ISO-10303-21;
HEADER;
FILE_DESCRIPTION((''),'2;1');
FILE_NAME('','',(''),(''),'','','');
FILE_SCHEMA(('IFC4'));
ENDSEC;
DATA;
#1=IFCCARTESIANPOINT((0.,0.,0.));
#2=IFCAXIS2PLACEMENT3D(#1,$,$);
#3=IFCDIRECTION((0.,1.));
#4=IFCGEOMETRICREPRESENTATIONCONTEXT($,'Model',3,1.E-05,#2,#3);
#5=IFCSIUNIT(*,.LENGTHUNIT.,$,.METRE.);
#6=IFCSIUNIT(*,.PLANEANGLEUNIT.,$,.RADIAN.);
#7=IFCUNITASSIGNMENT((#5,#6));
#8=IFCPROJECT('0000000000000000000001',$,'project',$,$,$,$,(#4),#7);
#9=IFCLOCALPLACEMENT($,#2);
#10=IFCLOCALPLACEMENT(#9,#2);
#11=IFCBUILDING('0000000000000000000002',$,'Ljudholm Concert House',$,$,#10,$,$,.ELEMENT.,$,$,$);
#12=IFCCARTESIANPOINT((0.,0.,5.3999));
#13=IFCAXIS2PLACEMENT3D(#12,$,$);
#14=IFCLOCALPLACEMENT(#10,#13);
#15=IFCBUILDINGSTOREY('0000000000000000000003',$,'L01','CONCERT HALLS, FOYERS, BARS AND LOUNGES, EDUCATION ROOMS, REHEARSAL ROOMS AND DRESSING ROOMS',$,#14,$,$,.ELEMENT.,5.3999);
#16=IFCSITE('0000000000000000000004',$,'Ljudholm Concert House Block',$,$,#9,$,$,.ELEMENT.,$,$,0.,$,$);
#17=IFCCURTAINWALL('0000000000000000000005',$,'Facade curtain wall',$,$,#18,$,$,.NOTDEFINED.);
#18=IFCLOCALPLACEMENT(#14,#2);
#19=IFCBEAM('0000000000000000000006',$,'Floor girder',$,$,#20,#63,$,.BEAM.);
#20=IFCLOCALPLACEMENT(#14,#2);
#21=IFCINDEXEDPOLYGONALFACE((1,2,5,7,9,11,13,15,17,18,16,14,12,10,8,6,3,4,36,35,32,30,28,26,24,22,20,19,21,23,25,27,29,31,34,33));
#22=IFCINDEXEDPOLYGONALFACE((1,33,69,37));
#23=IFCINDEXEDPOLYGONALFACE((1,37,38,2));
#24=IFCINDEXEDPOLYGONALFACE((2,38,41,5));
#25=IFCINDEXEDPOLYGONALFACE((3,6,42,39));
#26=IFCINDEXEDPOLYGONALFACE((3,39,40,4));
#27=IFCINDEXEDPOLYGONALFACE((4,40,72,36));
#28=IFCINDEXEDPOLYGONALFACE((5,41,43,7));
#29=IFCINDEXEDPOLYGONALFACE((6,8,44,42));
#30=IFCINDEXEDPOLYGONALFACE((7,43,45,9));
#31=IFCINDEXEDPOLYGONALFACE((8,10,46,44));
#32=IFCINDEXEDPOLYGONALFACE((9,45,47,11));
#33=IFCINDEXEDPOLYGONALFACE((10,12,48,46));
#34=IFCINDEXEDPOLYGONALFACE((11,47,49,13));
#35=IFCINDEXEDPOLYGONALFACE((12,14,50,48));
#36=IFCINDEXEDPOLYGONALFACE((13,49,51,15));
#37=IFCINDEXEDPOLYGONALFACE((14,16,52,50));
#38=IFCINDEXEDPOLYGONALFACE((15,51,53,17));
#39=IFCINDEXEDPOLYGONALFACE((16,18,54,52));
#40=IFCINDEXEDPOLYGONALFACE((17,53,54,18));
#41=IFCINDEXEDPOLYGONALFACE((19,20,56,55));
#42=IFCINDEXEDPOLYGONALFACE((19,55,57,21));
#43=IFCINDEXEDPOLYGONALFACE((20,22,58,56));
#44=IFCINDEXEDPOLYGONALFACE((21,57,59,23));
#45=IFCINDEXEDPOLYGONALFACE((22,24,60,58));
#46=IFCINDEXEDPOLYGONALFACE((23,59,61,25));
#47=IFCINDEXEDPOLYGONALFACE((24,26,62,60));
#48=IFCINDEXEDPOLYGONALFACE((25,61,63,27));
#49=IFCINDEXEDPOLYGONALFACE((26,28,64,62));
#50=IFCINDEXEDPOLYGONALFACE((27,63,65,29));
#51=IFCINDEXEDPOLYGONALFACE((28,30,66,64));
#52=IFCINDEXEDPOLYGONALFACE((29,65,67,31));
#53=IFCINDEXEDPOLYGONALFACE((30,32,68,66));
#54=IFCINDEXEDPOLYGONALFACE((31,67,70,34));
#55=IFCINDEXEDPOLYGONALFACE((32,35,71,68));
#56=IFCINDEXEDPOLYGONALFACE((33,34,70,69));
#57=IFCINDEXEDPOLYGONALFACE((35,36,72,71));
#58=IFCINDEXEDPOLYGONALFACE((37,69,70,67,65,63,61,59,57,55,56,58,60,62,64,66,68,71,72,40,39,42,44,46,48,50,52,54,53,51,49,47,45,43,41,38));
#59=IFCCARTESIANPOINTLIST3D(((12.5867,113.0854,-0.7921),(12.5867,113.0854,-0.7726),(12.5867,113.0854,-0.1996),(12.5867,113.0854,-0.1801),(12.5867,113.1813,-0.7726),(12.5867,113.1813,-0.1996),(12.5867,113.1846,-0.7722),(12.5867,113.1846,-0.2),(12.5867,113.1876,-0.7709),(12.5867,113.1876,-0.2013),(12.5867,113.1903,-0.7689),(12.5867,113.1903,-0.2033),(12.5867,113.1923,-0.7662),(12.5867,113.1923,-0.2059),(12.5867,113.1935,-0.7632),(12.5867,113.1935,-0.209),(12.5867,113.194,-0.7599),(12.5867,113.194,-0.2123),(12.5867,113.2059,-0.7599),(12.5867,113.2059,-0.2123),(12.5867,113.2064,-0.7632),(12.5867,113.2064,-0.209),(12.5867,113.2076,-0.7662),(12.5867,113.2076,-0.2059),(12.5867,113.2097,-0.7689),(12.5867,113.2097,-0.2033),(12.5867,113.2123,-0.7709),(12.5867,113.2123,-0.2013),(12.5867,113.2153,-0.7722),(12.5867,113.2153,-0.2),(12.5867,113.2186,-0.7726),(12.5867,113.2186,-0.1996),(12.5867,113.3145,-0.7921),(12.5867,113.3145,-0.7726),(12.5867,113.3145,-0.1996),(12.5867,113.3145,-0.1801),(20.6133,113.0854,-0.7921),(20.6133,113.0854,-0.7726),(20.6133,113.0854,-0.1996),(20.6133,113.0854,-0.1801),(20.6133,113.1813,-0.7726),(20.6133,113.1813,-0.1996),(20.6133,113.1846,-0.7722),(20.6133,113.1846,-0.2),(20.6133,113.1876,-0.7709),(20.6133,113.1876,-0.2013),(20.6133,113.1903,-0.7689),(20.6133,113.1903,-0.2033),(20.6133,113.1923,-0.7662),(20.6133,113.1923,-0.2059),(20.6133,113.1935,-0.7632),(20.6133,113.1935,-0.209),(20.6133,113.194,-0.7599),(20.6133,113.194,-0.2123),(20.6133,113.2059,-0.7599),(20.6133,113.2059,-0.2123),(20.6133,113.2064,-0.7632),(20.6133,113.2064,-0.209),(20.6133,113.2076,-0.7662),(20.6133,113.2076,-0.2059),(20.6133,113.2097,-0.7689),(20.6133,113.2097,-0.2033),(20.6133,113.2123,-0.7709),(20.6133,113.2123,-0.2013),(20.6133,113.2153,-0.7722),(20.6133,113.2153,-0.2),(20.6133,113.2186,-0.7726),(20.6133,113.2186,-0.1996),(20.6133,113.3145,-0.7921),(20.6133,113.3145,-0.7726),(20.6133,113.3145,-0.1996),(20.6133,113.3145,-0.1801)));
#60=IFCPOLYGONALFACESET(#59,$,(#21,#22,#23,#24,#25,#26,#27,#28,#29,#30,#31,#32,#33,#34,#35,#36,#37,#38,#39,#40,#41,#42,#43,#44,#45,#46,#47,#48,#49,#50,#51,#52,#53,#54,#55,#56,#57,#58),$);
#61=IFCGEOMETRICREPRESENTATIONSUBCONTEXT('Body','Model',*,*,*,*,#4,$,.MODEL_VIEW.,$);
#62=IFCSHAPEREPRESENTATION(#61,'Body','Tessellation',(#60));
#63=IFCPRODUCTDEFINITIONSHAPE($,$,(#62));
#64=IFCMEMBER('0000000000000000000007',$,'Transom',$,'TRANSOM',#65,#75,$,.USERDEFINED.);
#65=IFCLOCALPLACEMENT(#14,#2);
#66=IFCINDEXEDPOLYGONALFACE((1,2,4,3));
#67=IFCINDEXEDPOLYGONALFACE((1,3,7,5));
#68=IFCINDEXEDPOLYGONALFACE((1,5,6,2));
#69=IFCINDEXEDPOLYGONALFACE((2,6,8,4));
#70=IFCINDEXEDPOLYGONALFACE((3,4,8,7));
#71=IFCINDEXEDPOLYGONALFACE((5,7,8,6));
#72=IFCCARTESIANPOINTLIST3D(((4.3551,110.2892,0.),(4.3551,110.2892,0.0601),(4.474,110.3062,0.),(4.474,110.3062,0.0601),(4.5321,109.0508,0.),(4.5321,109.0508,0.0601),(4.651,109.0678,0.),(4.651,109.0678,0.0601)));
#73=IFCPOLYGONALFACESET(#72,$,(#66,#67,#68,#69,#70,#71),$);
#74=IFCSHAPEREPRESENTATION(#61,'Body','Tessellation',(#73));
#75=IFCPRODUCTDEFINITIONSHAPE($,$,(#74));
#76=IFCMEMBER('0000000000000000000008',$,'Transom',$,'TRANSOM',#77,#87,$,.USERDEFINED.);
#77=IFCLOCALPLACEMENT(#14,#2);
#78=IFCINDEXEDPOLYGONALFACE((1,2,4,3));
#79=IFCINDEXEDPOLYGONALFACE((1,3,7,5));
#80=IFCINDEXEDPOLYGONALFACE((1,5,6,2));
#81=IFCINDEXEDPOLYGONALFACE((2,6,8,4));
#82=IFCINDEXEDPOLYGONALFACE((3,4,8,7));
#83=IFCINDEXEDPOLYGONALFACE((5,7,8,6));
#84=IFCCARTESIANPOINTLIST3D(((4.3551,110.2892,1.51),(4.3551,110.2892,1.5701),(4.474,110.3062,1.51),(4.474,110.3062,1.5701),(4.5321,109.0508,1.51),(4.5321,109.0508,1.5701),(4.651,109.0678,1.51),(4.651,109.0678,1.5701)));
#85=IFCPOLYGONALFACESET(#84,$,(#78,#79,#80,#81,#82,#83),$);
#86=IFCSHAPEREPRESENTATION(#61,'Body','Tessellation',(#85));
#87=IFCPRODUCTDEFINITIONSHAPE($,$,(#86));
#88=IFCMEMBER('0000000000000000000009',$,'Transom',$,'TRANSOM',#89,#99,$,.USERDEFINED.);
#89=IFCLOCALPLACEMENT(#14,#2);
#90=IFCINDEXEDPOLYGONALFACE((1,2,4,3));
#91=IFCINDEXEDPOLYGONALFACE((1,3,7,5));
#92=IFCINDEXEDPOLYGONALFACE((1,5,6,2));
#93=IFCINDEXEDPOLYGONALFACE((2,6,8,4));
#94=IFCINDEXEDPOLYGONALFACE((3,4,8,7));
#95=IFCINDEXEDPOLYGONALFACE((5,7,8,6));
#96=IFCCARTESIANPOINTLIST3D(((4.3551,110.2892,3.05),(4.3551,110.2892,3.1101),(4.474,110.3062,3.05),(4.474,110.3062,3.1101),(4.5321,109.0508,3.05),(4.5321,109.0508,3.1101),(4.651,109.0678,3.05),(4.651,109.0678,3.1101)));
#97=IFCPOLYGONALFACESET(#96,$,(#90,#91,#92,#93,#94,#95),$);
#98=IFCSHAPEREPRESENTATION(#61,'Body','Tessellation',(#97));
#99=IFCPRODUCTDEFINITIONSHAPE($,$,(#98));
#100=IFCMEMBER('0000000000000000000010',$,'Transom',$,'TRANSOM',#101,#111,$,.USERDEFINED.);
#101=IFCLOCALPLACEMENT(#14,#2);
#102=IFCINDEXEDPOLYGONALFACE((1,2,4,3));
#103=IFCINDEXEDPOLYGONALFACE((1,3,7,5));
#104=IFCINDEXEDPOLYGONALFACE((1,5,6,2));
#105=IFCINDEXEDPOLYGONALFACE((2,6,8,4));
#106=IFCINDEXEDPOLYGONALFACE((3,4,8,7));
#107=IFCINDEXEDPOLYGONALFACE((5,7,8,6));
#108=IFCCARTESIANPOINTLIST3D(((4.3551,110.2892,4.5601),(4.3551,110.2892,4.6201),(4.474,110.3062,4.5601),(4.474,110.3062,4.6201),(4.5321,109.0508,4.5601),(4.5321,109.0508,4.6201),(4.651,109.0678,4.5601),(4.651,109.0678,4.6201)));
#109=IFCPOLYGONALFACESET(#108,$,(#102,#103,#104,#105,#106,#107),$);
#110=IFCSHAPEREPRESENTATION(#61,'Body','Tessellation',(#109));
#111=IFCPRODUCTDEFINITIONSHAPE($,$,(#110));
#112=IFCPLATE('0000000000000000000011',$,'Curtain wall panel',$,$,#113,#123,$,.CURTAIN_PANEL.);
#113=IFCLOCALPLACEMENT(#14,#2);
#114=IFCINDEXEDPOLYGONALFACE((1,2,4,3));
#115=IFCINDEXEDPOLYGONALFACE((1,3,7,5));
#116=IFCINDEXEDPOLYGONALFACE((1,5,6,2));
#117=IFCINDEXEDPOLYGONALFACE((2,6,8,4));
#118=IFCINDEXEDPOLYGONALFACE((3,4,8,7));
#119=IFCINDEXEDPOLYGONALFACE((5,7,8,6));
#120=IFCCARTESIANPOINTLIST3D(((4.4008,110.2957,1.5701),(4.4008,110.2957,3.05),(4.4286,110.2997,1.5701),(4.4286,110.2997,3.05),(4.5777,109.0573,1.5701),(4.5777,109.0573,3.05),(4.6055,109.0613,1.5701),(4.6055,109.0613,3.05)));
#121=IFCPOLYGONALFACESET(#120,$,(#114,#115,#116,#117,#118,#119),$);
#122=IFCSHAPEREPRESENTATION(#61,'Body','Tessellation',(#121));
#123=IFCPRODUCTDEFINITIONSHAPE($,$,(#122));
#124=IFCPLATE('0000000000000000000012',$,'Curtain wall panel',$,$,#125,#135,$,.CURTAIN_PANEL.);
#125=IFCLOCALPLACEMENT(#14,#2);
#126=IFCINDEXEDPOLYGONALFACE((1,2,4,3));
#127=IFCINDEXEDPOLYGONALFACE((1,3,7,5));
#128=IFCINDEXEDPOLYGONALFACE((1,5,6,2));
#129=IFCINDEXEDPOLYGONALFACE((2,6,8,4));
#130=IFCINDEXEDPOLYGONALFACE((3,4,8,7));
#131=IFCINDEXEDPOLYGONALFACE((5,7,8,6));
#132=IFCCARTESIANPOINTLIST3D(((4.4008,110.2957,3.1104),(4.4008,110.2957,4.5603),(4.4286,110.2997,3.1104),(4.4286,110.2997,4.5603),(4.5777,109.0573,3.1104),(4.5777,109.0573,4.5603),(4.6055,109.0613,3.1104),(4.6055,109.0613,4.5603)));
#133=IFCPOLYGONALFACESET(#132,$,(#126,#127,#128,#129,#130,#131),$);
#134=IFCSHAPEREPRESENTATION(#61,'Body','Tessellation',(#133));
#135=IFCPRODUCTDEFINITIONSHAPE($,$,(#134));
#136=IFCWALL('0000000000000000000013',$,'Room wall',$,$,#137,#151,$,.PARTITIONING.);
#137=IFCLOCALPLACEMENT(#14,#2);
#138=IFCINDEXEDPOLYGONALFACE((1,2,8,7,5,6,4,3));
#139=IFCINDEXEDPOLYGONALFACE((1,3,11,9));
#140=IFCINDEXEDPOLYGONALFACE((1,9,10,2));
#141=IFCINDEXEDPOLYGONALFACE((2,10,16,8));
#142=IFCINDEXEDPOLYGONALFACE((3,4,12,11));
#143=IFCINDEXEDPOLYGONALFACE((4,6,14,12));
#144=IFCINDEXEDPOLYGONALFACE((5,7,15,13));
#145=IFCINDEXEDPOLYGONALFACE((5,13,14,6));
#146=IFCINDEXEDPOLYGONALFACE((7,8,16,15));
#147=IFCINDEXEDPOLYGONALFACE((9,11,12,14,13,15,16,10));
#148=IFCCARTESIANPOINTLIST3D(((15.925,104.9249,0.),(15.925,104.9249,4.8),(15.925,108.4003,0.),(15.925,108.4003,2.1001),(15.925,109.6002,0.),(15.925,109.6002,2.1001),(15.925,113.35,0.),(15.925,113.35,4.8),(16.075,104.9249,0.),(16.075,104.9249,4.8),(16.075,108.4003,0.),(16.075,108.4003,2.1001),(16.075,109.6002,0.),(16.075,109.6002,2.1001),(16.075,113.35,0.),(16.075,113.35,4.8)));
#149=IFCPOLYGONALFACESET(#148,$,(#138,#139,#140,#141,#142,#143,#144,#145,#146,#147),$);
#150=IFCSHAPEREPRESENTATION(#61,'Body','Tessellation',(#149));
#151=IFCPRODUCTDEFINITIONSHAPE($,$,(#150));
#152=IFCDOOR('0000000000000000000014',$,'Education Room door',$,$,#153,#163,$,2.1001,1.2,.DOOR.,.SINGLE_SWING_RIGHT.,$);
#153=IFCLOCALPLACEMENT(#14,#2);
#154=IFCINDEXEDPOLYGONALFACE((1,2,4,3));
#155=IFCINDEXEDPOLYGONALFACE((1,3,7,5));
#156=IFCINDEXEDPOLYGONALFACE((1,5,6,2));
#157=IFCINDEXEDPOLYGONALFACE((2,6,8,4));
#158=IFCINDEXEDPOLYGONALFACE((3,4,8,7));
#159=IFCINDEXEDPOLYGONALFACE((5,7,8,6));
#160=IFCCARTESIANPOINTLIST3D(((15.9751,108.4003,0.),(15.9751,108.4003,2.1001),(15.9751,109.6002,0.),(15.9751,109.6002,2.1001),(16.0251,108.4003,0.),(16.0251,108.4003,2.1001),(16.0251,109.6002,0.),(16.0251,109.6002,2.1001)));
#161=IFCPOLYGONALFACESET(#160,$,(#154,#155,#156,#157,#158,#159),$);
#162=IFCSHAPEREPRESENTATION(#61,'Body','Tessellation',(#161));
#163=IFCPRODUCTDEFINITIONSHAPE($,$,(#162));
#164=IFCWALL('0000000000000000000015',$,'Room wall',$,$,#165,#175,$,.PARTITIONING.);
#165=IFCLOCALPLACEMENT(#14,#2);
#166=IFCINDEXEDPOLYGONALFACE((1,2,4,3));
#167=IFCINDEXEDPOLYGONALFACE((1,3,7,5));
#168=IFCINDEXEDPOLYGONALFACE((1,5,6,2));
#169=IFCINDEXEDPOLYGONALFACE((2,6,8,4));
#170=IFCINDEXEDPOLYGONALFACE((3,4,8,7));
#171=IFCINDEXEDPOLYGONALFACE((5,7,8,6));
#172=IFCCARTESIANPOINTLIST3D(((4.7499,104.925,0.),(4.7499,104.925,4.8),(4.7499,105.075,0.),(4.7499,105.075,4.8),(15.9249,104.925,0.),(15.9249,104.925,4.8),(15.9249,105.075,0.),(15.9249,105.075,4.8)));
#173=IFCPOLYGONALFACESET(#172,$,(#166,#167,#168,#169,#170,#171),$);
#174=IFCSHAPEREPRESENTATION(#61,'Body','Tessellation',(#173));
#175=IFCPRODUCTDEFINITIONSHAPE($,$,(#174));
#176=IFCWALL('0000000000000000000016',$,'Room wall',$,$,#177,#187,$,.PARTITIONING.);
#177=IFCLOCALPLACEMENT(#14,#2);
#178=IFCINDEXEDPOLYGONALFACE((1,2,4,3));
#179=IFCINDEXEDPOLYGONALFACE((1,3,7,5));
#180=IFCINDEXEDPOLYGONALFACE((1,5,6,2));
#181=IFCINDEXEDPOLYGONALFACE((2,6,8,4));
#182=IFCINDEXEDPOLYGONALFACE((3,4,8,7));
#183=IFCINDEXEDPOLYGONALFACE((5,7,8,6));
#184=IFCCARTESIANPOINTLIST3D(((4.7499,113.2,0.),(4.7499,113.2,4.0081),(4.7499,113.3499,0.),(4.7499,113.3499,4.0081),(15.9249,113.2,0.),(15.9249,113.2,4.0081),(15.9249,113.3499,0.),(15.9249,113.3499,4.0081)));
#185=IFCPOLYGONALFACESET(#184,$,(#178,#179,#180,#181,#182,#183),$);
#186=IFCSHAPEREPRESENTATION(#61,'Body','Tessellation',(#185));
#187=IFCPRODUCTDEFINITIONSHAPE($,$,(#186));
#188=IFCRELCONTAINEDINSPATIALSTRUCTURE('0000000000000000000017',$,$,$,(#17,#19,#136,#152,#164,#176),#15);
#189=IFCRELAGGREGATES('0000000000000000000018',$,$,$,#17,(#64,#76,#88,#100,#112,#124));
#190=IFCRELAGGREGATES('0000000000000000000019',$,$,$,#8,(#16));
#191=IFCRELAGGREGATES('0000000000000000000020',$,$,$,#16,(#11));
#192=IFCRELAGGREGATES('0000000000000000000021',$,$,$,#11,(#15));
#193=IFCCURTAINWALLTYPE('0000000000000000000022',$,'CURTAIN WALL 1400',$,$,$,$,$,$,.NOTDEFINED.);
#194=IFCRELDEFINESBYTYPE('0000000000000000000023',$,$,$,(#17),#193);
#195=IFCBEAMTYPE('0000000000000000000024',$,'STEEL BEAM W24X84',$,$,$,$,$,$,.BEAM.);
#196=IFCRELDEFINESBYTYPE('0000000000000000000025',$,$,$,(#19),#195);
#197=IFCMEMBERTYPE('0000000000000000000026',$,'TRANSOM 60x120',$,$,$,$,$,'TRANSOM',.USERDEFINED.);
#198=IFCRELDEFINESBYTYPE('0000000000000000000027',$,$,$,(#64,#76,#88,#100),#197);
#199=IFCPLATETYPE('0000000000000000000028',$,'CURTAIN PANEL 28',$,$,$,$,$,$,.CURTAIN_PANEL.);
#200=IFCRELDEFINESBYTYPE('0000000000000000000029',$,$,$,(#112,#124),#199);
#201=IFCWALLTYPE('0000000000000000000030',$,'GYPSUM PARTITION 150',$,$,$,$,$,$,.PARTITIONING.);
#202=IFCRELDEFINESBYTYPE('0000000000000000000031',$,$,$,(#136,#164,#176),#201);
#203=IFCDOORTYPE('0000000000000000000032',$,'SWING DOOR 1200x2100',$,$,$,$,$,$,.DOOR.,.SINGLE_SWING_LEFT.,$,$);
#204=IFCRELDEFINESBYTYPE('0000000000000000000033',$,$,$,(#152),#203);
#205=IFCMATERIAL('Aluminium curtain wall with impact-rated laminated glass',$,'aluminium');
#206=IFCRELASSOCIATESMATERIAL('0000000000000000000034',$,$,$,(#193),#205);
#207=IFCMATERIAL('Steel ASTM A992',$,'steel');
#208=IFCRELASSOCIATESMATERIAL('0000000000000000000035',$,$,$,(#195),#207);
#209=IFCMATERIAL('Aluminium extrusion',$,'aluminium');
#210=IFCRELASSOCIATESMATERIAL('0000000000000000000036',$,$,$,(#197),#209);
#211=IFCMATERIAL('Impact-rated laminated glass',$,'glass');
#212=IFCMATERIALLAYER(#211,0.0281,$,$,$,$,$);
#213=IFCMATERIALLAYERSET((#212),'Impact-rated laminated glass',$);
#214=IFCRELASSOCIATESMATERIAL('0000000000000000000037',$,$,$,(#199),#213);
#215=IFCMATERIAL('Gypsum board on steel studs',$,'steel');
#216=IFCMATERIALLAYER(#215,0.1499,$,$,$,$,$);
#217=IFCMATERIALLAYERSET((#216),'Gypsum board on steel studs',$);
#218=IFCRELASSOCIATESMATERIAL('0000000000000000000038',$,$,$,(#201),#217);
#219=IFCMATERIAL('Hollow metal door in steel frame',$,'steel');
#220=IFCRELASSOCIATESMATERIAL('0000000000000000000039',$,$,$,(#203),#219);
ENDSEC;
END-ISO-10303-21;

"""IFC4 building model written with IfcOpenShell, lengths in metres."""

from ifc_helpers import new_model, si_unit, direction, frame, frame_2d, origin, origin_2d, place, context, subcontext, project, spatial, rectangle, i_section, extrude, material, layer, layer_set, material_profile, profile_set, type_object, element, fill, aggregate, save


model = new_model("IFC4")

# Units and contexts
model_context = context("Model", 3, precision=1e-05, world=origin(), true_north=direction((0.0, 1.0)))
body_context = subcontext(model_context, "Body", "Model", "MODEL_VIEW")
ifc_project = project(units=[si_unit("LENGTHUNIT", "METRE"), si_unit("PLANEANGLEUNIT", "RADIAN")], contexts=[model_context])

# Site, building, storey
site_placement = place(None, origin())
site = spatial("IfcSite", under=ifc_project, at=site_placement, Name="Ljudholm Concert House Block", CompositionType="ELEMENT", RefElevation=0.0)
building_placement = place(site_placement, origin())
building = spatial("IfcBuilding", under=site, at=building_placement, Name="Ljudholm Concert House", CompositionType="ELEMENT")
storey_placement = place(building_placement, frame((0.0, 0.0, 5.3999)))
storey = spatial("IfcBuildingStorey", under=building, at=storey_placement, Name="L01", Description="CONCERT HALLS, FOYERS, BARS AND LOUNGES, EDUCATION ROOMS, REHEARSAL ROOMS AND DRESSING ROOMS", CompositionType="ELEMENT", Elevation=5.3999)

# Curtain wall
ifc_material_1 = material(Name="Aluminium curtain wall with impact-rated laminated glass", Category="aluminium")
curtain_wall_type = type_object("IfcCurtainWallType", Name="CURTAIN WALL 1400", PredefinedType="NOTDEFINED", material=ifc_material_1)
curtain_wall_1_placement = place(storey_placement, origin())
curtain_wall_1 = element("IfcCurtainWall", 1, at=curtain_wall_1_placement, inside=storey, type_object=curtain_wall_type, Name="Facade curtain wall", PredefinedType="NOTDEFINED")

# Beam
ifc_material_2 = material(Name="Steel ASTM A992", Category="steel")
ifc_material_profile_1 = material_profile(ifc_material_2, i_section(OverallWidth=0.229, OverallDepth=0.6121, WebThickness=0.012, FlangeThickness=0.0195, FilletRadius=0.0127, at=origin_2d()), Name="W24X84")
ifc_profile_set_1 = profile_set([ifc_material_profile_1], Name="Steel ASTM A992")
beam_type_1 = type_object("IfcBeamType", Name="STEEL BEAM W24X84", PredefinedType="BEAM", material=ifc_profile_set_1)
beam_1_placement = place(storey_placement, frame((12.5867, 113.2, -0.4861), z_axis=(1.0, 0.0, 0.0), x_axis=(0.0, 1.0, 0.0)))
element("IfcBeam", 2, at=beam_1_placement, inside=storey, type_object=beam_type_1, Name="Floor girder", PredefinedType="BEAM", context=body_context, shape_type="SweptSolid", body=[
    extrude(i_section(OverallWidth=0.229, OverallDepth=0.6121, WebThickness=0.012, FlangeThickness=0.0195, FilletRadius=0.0127, at=origin_2d()), origin(), (0.0, 0.0, 1.0), 8.0266),
])

# Members
ifc_material_3 = material(Name="Aluminium extrusion", Category="aluminium")
ifc_material_profile_2 = material_profile(ifc_material_3, rectangle(XDim=0.1201, YDim=0.0601, at=origin_2d()), Name="TRANSOM 60x120")
ifc_profile_set_2 = profile_set([ifc_material_profile_2], Name="Aluminium extrusion")
member_type_1 = type_object("IfcMemberType", Name="TRANSOM 60x120", ElementType="TRANSOM", PredefinedType="USERDEFINED", material=ifc_profile_set_2)
member_1_placement = place(storey_placement, frame((4.5916, 109.0593, 0.03), z_axis=(-0.141503, 0.989938, 0.0), x_axis=(-0.989938, -0.141503, 0.0)))
member_1 = element("IfcMember", 3, at=member_1_placement, type_object=member_type_1, Name="Transom", ObjectType="TRANSOM", PredefinedType="USERDEFINED", context=body_context, shape_type="SweptSolid", body=[
    extrude(rectangle(XDim=0.1201, YDim=0.0601, at=origin_2d()), origin(), (0.0, 0.0, 1.0), 1.251),
])
member_2_placement = place(storey_placement, frame((4.5916, 109.0593, 1.54), z_axis=(-0.141503, 0.989938, 0.0), x_axis=(-0.989938, -0.141503, 0.0)))
member_2 = element("IfcMember", 4, at=member_2_placement, type_object=member_type_1, Name="Transom", ObjectType="TRANSOM", PredefinedType="USERDEFINED", context=body_context, shape_type="SweptSolid", body=[
    extrude(rectangle(XDim=0.1201, YDim=0.0601, at=origin_2d()), origin(), (0.0, 0.0, 1.0), 1.251),
])
member_3_placement = place(storey_placement, frame((4.5916, 109.0593, 3.0801), z_axis=(-0.141503, 0.989938, 0.0), x_axis=(-0.989938, -0.141503, 0.0)))
member_3 = element("IfcMember", 5, at=member_3_placement, type_object=member_type_1, Name="Transom", ObjectType="TRANSOM", PredefinedType="USERDEFINED", context=body_context, shape_type="SweptSolid", body=[
    extrude(rectangle(XDim=0.1201, YDim=0.0601, at=origin_2d()), origin(), (0.0, 0.0, 1.0), 1.251),
])
member_4_placement = place(storey_placement, frame((4.5916, 109.0593, 4.5901), z_axis=(-0.141503, 0.989938, 0.0), x_axis=(-0.989938, -0.141503, 0.0)))
member_4 = element("IfcMember", 6, at=member_4_placement, type_object=member_type_1, Name="Transom", ObjectType="TRANSOM", PredefinedType="USERDEFINED", context=body_context, shape_type="SweptSolid", body=[
    extrude(rectangle(XDim=0.1201, YDim=0.0601, at=origin_2d()), origin(), (0.0, 0.0, 1.0), 1.251),
])

# Plates
ifc_material_4 = material(Name="Impact-rated laminated glass", Category="glass")
ifc_layer_1 = layer(ifc_material_4, 0.0281)
ifc_layer_set_1 = layer_set([ifc_layer_1], Name="Impact-rated laminated glass")
plate_type = type_object("IfcPlateType", Name="CURTAIN PANEL 28", PredefinedType="CURTAIN_PANEL", material=ifc_layer_set_1)
plate_1_placement = place(storey_placement, frame((4.5032, 109.6785, 1.5701), z_axis=(0.0, 0.0, 1.0), x_axis=(-0.141421, 0.989949, 0.0)))
plate_1 = element("IfcPlate", 7, at=plate_1_placement, type_object=plate_type, Name="Curtain wall panel", PredefinedType="CURTAIN_PANEL", context=body_context, shape_type="SweptSolid", body=[
    extrude(rectangle(XDim=1.251, YDim=0.0281, at=origin_2d()), origin(), (0.0, 0.0, 1.0), 1.48),
])
plate_2_placement = place(storey_placement, frame((4.5032, 109.6785, 3.1104), z_axis=(0.0, 0.0, 1.0), x_axis=(-0.141421, 0.989949, 0.0)))
plate_2 = element("IfcPlate", 8, at=plate_2_placement, type_object=plate_type, Name="Curtain wall panel", PredefinedType="CURTAIN_PANEL", context=body_context, shape_type="SweptSolid", body=[
    extrude(rectangle(XDim=1.251, YDim=0.0281, at=origin_2d()), origin(), (0.0, 0.0, 1.0), 1.45),
])
aggregate(curtain_wall_1, [member_1, member_2, member_3, member_4, plate_1, plate_2])

# Wall, opening, door
ifc_material_5 = material(Name="Gypsum board on steel studs", Category="steel")
ifc_layer_2 = layer(ifc_material_5, 0.1499)
ifc_layer_set_2 = layer_set([ifc_layer_2], Name="Gypsum board on steel studs")
wall_type_1 = type_object("IfcWallType", Name="GYPSUM PARTITION 150", PredefinedType="PARTITIONING", material=ifc_layer_set_2)
wall_1_placement = place(storey_placement, frame((16.0, 104.925, 0.0), z_axis=(0.0, 0.0, 1.0), x_axis=(0.0, 1.0, 0.0)))
wall_1 = element("IfcWall", 9, at=wall_1_placement, inside=storey, type_object=wall_type_1, Name="Room wall", PredefinedType="PARTITIONING", context=body_context, shape_type="SweptSolid", body=[
    extrude(rectangle(XDim=8.425, YDim=0.1499, at=frame_2d((4.2124, 0.0))), origin(), (0.0, 0.0, 1.0), 4.8),
])
opening_1_placement = place(wall_1_placement, frame((3.4751, 0.0, 0.0)))
opening_1 = element("IfcOpeningElement", 10, at=opening_1_placement, cuts=wall_1, PredefinedType="OPENING", context=body_context, shape_type="SweptSolid", body=[
    extrude(rectangle(XDim=1.2, YDim=2.1001, at=frame_2d((0.6001, 1.05))), frame((0.0, 0.085, 0.0), z_axis=(0.0, -1.0, 0.0), x_axis=(1.0, 0.0, 0.0)), (0.0, 0.0, 1.0), 0.1699),
])
ifc_material_6 = material(Name="Hollow metal door in steel frame", Category="steel")
door_type_1 = type_object("IfcDoorType", Name="SWING DOOR 1200x2100", OperationType="SINGLE_SWING_LEFT", PredefinedType="DOOR", material=ifc_material_6)
door_1_placement = place(opening_1_placement, origin())
door_1 = element("IfcDoor", 11, at=door_1_placement, inside=storey, type_object=door_type_1, Name="Education Room door", OperationType="SINGLE_SWING_RIGHT", OverallHeight=2.1001, OverallWidth=1.2, PredefinedType="DOOR", context=body_context, shape_type="SweptSolid", body=[
    extrude(rectangle(XDim=1.2, YDim=2.1001, at=frame_2d((0.6001, 1.05))), frame((0.0, 0.0249, 0.0), z_axis=(0.0, -1.0, 0.0), x_axis=(1.0, 0.0, 0.0)), (0.0, 0.0, 1.0), 0.05),
])
fill(opening_1, door_1)

# Walls
wall_2_placement = place(storey_placement, frame((4.75, 105.0, 0.0), z_axis=(0.0, 0.0, 1.0), x_axis=(1.0, 0.0, 0.0)))
element("IfcWall", 12, at=wall_2_placement, inside=storey, type_object=wall_type_1, Name="Room wall", PredefinedType="PARTITIONING", context=body_context, shape_type="SweptSolid", body=[
    extrude(rectangle(XDim=11.175, YDim=0.1499, at=frame_2d((5.5874, 0.0))), origin(), (0.0, 0.0, 1.0), 4.8),
])
wall_3_placement = place(storey_placement, frame((4.75, 113.2749, 0.0), z_axis=(0.0, 0.0, 1.0), x_axis=(1.0, 0.0, 0.0)))
element("IfcWall", 13, at=wall_3_placement, inside=storey, type_object=wall_type_1, Name="Room wall", PredefinedType="PARTITIONING", context=body_context, shape_type="SweptSolid", body=[
    extrude(rectangle(XDim=11.175, YDim=0.1499, at=frame_2d((5.5874, 0.0))), origin(), (0.0, 0.0, 1.0), 4.0081),
])

save(model, "model.ifc")
